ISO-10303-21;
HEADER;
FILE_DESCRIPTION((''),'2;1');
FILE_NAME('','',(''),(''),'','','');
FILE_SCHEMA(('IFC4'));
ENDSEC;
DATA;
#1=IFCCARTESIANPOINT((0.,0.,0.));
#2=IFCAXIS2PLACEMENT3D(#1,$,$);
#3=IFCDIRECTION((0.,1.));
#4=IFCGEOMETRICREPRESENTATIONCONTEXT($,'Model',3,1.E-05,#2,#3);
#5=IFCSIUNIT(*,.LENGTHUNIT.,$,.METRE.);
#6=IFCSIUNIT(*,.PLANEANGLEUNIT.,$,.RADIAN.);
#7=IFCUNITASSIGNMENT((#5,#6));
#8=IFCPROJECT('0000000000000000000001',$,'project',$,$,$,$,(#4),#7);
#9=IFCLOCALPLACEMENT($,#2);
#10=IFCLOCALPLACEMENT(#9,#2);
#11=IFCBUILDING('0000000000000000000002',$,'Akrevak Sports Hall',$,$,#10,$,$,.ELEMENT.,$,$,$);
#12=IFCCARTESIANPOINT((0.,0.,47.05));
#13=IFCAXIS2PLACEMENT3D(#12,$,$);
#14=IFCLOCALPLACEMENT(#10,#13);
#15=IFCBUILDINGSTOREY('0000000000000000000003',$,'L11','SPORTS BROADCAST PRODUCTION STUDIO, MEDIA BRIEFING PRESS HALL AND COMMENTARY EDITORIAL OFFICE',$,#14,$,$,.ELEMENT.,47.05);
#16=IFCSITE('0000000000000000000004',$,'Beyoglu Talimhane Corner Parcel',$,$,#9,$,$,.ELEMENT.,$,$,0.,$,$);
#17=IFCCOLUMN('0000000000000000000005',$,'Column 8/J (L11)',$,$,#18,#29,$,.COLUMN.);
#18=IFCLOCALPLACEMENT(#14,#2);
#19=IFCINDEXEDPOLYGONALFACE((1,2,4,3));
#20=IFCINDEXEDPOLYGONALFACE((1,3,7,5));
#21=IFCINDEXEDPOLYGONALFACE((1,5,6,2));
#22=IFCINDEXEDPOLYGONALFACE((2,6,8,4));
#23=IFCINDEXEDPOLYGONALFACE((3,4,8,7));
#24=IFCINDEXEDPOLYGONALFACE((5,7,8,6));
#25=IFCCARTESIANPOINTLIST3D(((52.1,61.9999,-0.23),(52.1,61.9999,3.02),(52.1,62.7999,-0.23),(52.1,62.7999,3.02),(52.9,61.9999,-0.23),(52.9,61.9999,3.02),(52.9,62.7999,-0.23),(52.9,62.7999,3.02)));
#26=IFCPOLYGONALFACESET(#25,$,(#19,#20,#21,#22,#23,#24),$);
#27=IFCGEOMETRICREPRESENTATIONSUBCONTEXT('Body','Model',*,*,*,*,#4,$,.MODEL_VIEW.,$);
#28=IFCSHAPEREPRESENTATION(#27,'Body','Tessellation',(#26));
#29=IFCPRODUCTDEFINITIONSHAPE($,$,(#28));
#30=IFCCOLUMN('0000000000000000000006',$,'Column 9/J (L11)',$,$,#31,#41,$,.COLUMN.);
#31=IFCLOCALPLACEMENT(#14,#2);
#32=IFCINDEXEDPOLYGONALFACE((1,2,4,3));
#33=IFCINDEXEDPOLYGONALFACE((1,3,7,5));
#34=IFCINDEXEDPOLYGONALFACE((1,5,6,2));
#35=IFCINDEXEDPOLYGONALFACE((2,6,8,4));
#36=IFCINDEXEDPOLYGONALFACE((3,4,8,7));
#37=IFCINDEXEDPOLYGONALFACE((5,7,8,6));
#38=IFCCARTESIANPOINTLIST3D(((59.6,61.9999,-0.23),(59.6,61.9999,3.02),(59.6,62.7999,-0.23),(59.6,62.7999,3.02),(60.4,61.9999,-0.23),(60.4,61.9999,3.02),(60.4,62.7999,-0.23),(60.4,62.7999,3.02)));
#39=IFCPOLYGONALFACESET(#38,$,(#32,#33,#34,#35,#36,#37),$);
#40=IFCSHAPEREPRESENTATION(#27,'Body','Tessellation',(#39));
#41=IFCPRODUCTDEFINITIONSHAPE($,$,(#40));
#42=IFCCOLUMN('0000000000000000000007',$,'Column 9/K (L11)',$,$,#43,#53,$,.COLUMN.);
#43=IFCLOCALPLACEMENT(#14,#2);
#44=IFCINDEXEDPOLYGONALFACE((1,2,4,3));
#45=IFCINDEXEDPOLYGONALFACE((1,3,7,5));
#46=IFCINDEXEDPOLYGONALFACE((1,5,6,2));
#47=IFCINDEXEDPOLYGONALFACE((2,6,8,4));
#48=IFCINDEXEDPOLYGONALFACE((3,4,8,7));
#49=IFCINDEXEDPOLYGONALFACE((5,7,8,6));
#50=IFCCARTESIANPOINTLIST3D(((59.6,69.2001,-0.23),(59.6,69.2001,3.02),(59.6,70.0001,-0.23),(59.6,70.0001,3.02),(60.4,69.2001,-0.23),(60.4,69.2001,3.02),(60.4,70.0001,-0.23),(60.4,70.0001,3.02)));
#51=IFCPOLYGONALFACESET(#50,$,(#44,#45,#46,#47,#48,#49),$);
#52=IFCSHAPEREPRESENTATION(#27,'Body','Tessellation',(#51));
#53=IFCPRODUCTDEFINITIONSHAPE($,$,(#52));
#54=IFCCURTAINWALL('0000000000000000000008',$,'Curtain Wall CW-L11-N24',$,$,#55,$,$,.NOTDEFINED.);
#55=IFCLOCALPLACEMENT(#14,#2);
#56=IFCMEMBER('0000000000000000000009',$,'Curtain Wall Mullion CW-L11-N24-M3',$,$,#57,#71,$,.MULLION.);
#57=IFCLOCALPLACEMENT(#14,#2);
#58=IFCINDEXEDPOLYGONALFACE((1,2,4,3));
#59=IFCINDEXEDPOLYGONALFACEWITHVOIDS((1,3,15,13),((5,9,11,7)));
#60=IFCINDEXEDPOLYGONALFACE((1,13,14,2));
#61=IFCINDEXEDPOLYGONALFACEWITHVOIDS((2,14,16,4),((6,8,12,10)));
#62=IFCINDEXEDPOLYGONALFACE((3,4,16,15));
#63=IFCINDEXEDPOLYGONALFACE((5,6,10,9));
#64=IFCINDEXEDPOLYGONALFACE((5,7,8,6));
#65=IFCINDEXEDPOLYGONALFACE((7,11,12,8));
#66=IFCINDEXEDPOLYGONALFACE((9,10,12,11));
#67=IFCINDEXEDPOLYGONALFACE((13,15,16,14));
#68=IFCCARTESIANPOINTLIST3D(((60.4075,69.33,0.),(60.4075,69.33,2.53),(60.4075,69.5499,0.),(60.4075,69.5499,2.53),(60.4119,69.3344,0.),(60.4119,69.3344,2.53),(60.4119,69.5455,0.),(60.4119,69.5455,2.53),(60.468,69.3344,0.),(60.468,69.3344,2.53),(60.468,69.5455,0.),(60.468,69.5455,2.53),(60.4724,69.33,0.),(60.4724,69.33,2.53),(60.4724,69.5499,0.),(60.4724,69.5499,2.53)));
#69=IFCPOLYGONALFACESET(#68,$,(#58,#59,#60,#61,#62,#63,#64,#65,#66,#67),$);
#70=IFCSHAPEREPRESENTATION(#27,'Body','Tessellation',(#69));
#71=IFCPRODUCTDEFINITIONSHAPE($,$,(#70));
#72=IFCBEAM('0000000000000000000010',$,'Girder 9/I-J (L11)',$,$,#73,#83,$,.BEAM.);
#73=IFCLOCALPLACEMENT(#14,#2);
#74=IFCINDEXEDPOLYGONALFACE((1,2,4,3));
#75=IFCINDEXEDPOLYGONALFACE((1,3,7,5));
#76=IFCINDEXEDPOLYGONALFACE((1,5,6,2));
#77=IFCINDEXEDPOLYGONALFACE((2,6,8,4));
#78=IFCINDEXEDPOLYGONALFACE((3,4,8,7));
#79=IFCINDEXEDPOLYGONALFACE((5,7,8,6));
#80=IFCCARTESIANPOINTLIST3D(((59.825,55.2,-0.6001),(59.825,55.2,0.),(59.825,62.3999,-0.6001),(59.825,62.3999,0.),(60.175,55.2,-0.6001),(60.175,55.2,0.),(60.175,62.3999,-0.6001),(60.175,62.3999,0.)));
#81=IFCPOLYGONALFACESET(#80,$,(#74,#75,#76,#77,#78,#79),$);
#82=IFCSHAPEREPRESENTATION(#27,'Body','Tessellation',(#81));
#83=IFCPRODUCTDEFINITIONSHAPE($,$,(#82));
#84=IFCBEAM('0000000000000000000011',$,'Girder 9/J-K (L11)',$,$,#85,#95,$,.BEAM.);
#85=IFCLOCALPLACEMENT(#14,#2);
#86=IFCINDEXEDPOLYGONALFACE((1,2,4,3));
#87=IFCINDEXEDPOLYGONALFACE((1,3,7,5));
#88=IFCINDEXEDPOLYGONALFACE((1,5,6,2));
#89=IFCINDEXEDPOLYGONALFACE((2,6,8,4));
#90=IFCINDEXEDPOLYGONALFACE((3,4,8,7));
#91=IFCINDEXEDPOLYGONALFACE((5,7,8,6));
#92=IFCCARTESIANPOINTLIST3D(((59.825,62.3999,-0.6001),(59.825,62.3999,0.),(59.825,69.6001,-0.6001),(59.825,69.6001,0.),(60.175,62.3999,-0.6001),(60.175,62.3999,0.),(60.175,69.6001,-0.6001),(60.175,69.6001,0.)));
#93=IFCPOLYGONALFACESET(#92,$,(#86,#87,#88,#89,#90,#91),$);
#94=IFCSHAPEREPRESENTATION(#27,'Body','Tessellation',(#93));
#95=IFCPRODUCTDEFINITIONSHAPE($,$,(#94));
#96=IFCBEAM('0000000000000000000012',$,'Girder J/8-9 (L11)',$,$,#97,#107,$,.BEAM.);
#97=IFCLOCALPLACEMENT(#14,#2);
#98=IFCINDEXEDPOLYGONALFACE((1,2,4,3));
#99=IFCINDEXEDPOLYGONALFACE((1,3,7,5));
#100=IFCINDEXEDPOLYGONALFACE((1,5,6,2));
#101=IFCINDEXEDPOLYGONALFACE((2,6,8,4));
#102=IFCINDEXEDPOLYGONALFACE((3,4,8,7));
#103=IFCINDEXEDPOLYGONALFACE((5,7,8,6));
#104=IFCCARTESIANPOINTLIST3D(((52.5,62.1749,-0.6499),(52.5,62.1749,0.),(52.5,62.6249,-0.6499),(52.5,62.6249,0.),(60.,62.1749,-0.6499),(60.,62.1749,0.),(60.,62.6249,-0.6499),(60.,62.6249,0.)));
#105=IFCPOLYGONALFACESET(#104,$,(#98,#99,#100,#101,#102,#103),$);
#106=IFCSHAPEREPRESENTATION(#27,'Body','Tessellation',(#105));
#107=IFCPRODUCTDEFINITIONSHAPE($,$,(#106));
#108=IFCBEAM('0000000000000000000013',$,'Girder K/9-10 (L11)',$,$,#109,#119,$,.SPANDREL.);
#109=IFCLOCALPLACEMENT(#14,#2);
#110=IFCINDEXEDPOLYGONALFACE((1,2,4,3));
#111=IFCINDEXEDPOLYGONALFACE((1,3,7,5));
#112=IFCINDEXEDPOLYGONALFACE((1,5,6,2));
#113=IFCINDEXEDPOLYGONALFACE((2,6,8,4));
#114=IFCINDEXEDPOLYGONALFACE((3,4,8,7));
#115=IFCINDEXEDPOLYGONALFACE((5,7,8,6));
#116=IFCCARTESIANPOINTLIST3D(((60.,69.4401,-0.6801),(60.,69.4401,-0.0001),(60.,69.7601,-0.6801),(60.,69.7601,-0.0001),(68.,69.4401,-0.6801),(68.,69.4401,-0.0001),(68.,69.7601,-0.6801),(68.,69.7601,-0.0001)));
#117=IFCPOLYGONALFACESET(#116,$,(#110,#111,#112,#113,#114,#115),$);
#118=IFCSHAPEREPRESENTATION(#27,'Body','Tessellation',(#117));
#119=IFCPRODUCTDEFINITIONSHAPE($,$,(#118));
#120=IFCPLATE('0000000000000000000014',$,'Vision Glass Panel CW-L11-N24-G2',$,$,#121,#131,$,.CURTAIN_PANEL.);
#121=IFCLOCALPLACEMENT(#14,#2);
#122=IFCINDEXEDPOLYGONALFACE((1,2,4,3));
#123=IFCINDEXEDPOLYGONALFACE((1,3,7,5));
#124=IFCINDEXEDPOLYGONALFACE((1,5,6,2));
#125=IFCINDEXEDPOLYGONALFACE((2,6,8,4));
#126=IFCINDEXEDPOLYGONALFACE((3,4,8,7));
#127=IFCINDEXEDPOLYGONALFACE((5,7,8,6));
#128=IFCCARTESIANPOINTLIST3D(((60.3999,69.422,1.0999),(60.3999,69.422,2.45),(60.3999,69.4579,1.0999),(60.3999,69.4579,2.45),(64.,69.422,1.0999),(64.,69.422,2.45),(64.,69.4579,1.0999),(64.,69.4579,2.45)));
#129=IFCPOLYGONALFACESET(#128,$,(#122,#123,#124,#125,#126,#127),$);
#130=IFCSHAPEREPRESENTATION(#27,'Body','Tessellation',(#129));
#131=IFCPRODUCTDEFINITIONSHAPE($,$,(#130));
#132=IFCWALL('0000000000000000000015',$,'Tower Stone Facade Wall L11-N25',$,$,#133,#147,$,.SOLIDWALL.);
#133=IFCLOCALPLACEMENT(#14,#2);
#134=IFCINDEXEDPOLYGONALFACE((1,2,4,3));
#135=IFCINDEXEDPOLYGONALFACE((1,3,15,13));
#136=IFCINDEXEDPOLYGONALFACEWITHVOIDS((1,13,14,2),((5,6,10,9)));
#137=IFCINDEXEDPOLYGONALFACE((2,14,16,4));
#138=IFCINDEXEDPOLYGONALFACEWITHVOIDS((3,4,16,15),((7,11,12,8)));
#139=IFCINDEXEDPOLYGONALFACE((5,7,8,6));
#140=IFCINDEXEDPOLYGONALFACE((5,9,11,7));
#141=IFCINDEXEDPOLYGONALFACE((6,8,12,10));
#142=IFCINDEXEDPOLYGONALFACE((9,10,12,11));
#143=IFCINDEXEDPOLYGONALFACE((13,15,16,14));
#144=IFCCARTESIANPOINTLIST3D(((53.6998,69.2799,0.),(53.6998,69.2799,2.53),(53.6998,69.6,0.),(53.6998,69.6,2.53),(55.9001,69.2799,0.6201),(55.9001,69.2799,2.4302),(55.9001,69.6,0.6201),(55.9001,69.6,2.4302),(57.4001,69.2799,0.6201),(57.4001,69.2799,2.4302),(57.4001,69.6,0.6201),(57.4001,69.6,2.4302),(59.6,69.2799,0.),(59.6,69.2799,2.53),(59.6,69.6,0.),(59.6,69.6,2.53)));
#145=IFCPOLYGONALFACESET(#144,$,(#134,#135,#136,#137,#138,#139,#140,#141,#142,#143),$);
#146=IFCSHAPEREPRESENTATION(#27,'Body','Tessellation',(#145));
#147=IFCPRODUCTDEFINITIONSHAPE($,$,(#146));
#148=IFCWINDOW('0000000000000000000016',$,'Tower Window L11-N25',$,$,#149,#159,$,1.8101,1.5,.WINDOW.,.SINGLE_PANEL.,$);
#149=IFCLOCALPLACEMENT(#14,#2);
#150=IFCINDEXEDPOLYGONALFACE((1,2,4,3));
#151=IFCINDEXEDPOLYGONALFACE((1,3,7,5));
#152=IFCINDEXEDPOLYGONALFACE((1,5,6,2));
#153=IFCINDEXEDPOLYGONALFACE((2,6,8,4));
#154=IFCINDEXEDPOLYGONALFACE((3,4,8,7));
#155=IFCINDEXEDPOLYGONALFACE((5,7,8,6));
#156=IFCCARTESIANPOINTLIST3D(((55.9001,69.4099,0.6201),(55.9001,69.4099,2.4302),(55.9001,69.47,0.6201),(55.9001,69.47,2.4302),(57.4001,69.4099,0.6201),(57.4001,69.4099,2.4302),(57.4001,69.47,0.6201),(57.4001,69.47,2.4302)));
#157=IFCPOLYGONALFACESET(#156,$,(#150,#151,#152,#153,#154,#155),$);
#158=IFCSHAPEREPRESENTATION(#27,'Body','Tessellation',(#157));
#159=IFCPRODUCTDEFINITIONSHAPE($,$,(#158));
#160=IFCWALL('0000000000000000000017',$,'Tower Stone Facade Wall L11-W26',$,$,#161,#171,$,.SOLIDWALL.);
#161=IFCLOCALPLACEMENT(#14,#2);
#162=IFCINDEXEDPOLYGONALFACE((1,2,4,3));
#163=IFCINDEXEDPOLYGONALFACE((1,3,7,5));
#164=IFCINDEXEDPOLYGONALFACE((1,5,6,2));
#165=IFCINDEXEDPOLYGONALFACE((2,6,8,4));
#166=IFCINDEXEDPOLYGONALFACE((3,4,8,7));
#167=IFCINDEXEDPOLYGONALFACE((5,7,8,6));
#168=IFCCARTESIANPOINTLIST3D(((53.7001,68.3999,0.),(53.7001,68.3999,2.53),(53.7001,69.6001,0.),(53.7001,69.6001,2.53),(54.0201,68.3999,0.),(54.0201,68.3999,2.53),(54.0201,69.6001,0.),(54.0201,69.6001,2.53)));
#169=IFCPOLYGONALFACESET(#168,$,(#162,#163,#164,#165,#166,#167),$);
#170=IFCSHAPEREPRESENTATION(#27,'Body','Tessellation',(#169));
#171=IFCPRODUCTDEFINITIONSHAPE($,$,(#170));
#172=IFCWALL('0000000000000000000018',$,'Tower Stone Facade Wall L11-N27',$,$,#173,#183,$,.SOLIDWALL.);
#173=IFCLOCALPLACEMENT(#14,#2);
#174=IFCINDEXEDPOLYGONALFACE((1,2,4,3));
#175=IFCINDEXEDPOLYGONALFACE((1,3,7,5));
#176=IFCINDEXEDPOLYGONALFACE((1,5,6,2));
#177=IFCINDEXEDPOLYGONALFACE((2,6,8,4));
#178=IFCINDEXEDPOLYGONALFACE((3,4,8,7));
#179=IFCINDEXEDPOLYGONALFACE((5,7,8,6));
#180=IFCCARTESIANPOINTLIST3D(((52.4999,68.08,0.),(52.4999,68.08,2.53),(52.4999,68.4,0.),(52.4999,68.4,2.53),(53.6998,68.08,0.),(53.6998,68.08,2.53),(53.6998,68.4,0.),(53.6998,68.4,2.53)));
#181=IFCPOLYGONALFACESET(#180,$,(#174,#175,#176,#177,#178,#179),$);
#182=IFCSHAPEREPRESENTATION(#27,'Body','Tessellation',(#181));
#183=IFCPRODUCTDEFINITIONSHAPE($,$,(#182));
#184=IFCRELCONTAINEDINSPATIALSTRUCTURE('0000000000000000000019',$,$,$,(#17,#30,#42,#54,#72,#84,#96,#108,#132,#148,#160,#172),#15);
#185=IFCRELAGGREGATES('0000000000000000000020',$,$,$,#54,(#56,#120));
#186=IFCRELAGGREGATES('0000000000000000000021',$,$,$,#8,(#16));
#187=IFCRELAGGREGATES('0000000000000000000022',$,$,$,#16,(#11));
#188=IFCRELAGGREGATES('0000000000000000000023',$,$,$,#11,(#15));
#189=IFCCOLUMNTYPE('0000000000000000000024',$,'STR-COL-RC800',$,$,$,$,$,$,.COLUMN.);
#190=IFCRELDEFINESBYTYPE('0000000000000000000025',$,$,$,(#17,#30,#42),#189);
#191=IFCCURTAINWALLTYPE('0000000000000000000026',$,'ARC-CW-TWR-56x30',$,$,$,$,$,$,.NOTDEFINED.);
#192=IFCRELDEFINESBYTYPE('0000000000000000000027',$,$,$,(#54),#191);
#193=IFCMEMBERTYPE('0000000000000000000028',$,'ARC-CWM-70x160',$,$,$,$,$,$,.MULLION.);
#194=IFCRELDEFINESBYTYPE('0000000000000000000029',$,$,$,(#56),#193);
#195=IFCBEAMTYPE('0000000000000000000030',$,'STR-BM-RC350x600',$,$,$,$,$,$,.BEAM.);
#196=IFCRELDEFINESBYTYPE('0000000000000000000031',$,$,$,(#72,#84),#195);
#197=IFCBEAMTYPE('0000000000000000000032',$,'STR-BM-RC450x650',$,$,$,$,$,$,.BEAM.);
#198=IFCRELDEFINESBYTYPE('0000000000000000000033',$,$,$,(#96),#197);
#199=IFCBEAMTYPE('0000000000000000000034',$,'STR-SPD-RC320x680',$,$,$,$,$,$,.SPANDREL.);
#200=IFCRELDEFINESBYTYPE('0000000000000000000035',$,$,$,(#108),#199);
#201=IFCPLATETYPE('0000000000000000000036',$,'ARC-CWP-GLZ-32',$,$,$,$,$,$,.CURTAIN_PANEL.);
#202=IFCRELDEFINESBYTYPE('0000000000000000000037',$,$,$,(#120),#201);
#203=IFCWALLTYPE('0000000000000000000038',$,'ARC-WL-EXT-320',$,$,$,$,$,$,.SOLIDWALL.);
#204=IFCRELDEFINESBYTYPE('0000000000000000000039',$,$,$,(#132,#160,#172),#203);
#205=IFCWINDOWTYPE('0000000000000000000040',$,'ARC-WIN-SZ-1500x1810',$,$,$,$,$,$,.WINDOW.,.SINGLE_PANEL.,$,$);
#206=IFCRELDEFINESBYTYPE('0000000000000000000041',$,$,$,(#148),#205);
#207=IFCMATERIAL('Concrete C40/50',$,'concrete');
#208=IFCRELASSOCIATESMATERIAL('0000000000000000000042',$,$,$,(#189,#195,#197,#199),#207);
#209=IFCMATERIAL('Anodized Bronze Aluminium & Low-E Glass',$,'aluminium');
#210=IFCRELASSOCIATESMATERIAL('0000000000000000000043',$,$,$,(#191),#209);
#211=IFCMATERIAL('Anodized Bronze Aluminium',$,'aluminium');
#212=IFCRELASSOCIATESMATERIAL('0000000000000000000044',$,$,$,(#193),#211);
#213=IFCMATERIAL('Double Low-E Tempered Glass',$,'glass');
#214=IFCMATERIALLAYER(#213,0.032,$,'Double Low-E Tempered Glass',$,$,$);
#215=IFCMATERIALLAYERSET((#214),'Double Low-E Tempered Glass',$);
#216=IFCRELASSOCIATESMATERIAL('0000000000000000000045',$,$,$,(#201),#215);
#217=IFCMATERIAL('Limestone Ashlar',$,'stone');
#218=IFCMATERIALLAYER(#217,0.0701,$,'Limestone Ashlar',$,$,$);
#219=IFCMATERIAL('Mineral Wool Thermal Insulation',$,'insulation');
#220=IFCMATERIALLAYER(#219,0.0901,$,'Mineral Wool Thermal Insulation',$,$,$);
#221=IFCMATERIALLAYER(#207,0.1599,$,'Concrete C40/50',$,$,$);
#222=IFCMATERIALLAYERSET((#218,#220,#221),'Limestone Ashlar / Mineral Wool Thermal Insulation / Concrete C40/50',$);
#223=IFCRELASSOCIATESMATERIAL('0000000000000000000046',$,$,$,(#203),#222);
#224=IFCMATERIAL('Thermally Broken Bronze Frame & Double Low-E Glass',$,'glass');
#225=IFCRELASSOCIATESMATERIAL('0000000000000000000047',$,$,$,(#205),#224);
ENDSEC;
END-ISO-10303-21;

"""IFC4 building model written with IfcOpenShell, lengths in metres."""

from ifc_helpers import new_model, si_unit, direction, frame, frame_2d, origin, origin_2d, place, context, subcontext, project, spatial, rectangle, hollow_rectangle, extrude, material, layer, layer_set, material_profile, profile_set, type_object, element, fill, aggregate, save


model = new_model("IFC4")

# Units and contexts
model_context = context("Model", 3, precision=1e-05, world=origin(), true_north=direction((0.0, 1.0)))
body_context = subcontext(model_context, "Body", "Model", "MODEL_VIEW")
ifc_project = project(units=[si_unit("LENGTHUNIT", "METRE"), si_unit("PLANEANGLEUNIT", "RADIAN")], contexts=[model_context])

# Site, building, storey
site_placement = place(None, origin())
site = spatial("IfcSite", under=ifc_project, at=site_placement, Name="Beyoglu Talimhane Corner Parcel", CompositionType="ELEMENT", RefElevation=0.0)
building_placement = place(site_placement, origin())
building = spatial("IfcBuilding", under=site, at=building_placement, Name="Akrevak Sports Hall", CompositionType="ELEMENT")
storey_placement = place(building_placement, frame((0.0, 0.0, 47.05)))
storey = spatial("IfcBuildingStorey", under=building, at=storey_placement, Name="L11", Description="SPORTS BROADCAST PRODUCTION STUDIO, MEDIA BRIEFING PRESS HALL AND COMMENTARY EDITORIAL OFFICE", CompositionType="ELEMENT", Elevation=47.05)

# Columns
ifc_material_1 = material(Name="Concrete C40/50", Category="concrete")
ifc_material_profile_1 = material_profile(ifc_material_1, rectangle(XDim=0.8, YDim=0.8, at=origin_2d()), Name="RC 800x800", Category="concrete")
ifc_profile_set_1 = profile_set([ifc_material_profile_1], Name="Concrete C40/50")
column_type = type_object("IfcColumnType", Name="STR-COL-RC800", PredefinedType="COLUMN", material=ifc_profile_set_1)
for number, where, z_axis, x_axis, name in (
    (1, (52.5, 62.3999, -0.23), (0.0, 0.0, 1.0), (1.0, 0.0, 0.0), "Column 8/J (L11)"),
    (2, (60.0, 62.3999, -0.23), (0.0, 0.0, 1.0), (1.0, 0.0, 0.0), "Column 9/J (L11)"),
    (3, (60.0, 69.6001, -0.23), (0.0, 0.0, 1.0), (1.0, 0.0, 0.0), "Column 9/K (L11)"),
):
    element("IfcColumn", number, at=place(storey_placement, frame(where, z_axis=z_axis, x_axis=x_axis)), inside=storey, type_object=column_type, Name=name, PredefinedType="COLUMN", context=body_context, shape_type="SweptSolid", body=[
        extrude(rectangle(XDim=0.8, YDim=0.8, at=origin_2d()), origin(), (0.0, 0.0, 1.0), 3.25),
    ])

# Curtain wall, member
ifc_material_2 = material(Name="Anodized Bronze Aluminium & Low-E Glass", Category="aluminium")
curtain_wall_type = type_object("IfcCurtainWallType", Name="ARC-CW-TWR-56x30", PredefinedType="NOTDEFINED", material=ifc_material_2)
curtain_wall_placement = place(storey_placement, origin())
curtain_wall = element("IfcCurtainWall", 4, at=curtain_wall_placement, inside=storey, type_object=curtain_wall_type, Name="Curtain Wall CW-L11-N24", PredefinedType="NOTDEFINED")
ifc_material_3 = material(Name="Anodized Bronze Aluminium", Category="aluminium")
ifc_material_profile_2 = material_profile(ifc_material_3, hollow_rectangle(XDim=0.0649, YDim=0.22, WallThickness=0.0044, at=origin_2d()), Name="CWM 65x220", Category="aluminium")
ifc_profile_set_2 = profile_set([ifc_material_profile_2], Name="Anodized Bronze Aluminium")
member_type = type_object("IfcMemberType", Name="ARC-CWM-70x160", PredefinedType="MULLION", material=ifc_profile_set_2)
member_placement = place(storey_placement, frame((60.4399, 69.4399, 0.0), z_axis=(0.0, 0.0, 1.0), x_axis=(-1.0, 0.0, 0.0)))
member = element("IfcMember", 5, at=member_placement, type_object=member_type, Name="Curtain Wall Mullion CW-L11-N24-M3", PredefinedType="MULLION", context=body_context, shape_type="SweptSolid", body=[
    extrude(hollow_rectangle(XDim=0.0649, YDim=0.22, WallThickness=0.0044, at=origin_2d()), origin(), (0.0, 0.0, 1.0), 2.53),
])

# Beams
ifc_material_profile_3 = material_profile(ifc_material_1, rectangle(XDim=0.3501, YDim=0.6001, at=origin_2d()), Name="BM 350x600", Category="concrete")
ifc_profile_set_3 = profile_set([ifc_material_profile_3], Name="Concrete C40/50")
beam_type_1 = type_object("IfcBeamType", Name="STR-BM-RC350x600", PredefinedType="BEAM", material=ifc_profile_set_3)
beam_1_placement = place(storey_placement, frame((60.0, 55.2, -0.3), z_axis=(0.0, 1.0, 0.0), x_axis=(-1.0, 0.0, 0.0)))
element("IfcBeam", 6, at=beam_1_placement, inside=storey, type_object=beam_type_1, Name="Girder 9/I-J (L11)", PredefinedType="BEAM", context=body_context, shape_type="SweptSolid", body=[
    extrude(rectangle(XDim=0.3501, YDim=0.6001, at=origin_2d()), origin(), (0.0, 0.0, 1.0), 7.2),
])
beam_2_placement = place(storey_placement, frame((60.0, 62.3999, -0.3), z_axis=(0.0, 1.0, 0.0), x_axis=(-1.0, 0.0, 0.0)))
element("IfcBeam", 7, at=beam_2_placement, inside=storey, type_object=beam_type_1, Name="Girder 9/J-K (L11)", PredefinedType="BEAM", context=body_context, shape_type="SweptSolid", body=[
    extrude(rectangle(XDim=0.3501, YDim=0.6001, at=origin_2d()), origin(), (0.0, 0.0, 1.0), 7.2002),
])
ifc_material_profile_4 = material_profile(ifc_material_1, rectangle(XDim=0.45, YDim=0.6499, at=origin_2d()), Name="BM 450x650", Category="concrete")
ifc_profile_set_4 = profile_set([ifc_material_profile_4], Name="Concrete C40/50")
beam_type_2 = type_object("IfcBeamType", Name="STR-BM-RC450x650", PredefinedType="BEAM", material=ifc_profile_set_4)
beam_3_placement = place(storey_placement, frame((52.5, 62.3999, -0.325), z_axis=(1.0, 0.0, 0.0), x_axis=(0.0, 1.0, 0.0)))
element("IfcBeam", 8, at=beam_3_placement, inside=storey, type_object=beam_type_2, Name="Girder J/8-9 (L11)", PredefinedType="BEAM", context=body_context, shape_type="SweptSolid", body=[
    extrude(rectangle(XDim=0.45, YDim=0.6499, at=origin_2d()), origin(), (0.0, 0.0, 1.0), 7.5),
])
ifc_material_profile_5 = material_profile(ifc_material_1, rectangle(XDim=0.3201, YDim=0.6799, at=origin_2d()), Name="SPD 320x680", Category="concrete")
ifc_profile_set_5 = profile_set([ifc_material_profile_5], Name="Concrete C40/50")
beam_type_3 = type_object("IfcBeamType", Name="STR-SPD-RC320x680", PredefinedType="SPANDREL", material=ifc_profile_set_5)
beam_4_placement = place(storey_placement, frame((60.0, 69.6001, -0.3401), z_axis=(1.0, 0.0, 0.0), x_axis=(0.0, 1.0, 0.0)))
element("IfcBeam", 9, at=beam_4_placement, inside=storey, type_object=beam_type_3, Name="Girder K/9-10 (L11)", PredefinedType="SPANDREL", context=body_context, shape_type="SweptSolid", body=[
    extrude(rectangle(XDim=0.3201, YDim=0.6799, at=origin_2d()), origin(), (0.0, 0.0, 1.0), 8.0),
])

# Plate
ifc_material_4 = material(Name="Double Low-E Tempered Glass", Category="glass")
ifc_layer_1 = layer(ifc_material_4, 0.032, Name="Double Low-E Tempered Glass")
ifc_layer_set_1 = layer_set([ifc_layer_1], Name="Double Low-E Tempered Glass")
plate_type = type_object("IfcPlateType", Name="ARC-CWP-GLZ-32", PredefinedType="CURTAIN_PANEL", material=ifc_layer_set_1)
plate_placement = place(storey_placement, frame((62.2, 69.4399, 1.0999), z_axis=(0.0, 0.0, 1.0), x_axis=(-1.0, 0.0, 0.0)))
plate = element("IfcPlate", 10, at=plate_placement, type_object=plate_type, Name="Vision Glass Panel CW-L11-N24-G2", PredefinedType="CURTAIN_PANEL", context=body_context, shape_type="SweptSolid", body=[
    extrude(rectangle(XDim=3.6001, YDim=0.0359, at=origin_2d()), origin(), (0.0, 0.0, 1.0), 1.3501),
])
aggregate(curtain_wall, [member, plate])

# Wall, opening, window
ifc_material_5 = material(Name="Limestone Ashlar", Category="stone")
ifc_layer_2 = layer(ifc_material_5, 0.0701, Name="Limestone Ashlar")
ifc_material_6 = material(Name="Mineral Wool Thermal Insulation", Category="insulation")
ifc_layer_3 = layer(ifc_material_6, 0.0901, Name="Mineral Wool Thermal Insulation")
ifc_layer_4 = layer(ifc_material_1, 0.1599, Name="Concrete C40/50")
ifc_layer_set_2 = layer_set([ifc_layer_2, ifc_layer_3, ifc_layer_4], Name="Limestone Ashlar / Mineral Wool Thermal Insulation / Concrete C40/50")
wall_type_1 = type_object("IfcWallType", Name="ARC-WL-EXT-320", PredefinedType="SOLIDWALL", material=ifc_layer_set_2)
wall_1_placement = place(storey_placement, frame((59.6001, 69.4399, 0.0), z_axis=(0.0, 0.0, 1.0), x_axis=(-1.0, 0.0, 0.0)))
wall_1 = element("IfcWall", 11, at=wall_1_placement, inside=storey, type_object=wall_type_1, Name="Tower Stone Facade Wall L11-N25", PredefinedType="SOLIDWALL", context=body_context, shape_type="SweptSolid", body=[
    extrude(rectangle(XDim=5.9001, YDim=0.3201, at=frame_2d((2.9502, 0.0))), origin(), (0.0, 0.0, 1.0), 2.53),
])
opening_1_placement = place(wall_1_placement, frame((2.2, 0.0, 0.6201)))
opening_1 = element("IfcOpeningElement", 12, at=opening_1_placement, cuts=wall_1, PredefinedType="OPENING", context=body_context, shape_type="SweptSolid", body=[
    extrude(rectangle(XDim=1.5, YDim=1.8101, at=frame_2d((0.75, 0.905))), frame((0.0, 0.1719, 0.0), z_axis=(0.0, -1.0, 0.0), x_axis=(1.0, 0.0, 0.0)), (0.0, 0.0, 1.0), 0.344),
])
ifc_material_7 = material(Name="Thermally Broken Bronze Frame & Double Low-E Glass", Category="glass")
window_type_1 = type_object("IfcWindowType", Name="ARC-WIN-SZ-1500x1810", PartitioningType="SINGLE_PANEL", PredefinedType="WINDOW", material=ifc_material_7)
window_1_placement = place(opening_1_placement, origin())
window_1 = element("IfcWindow", 13, at=window_1_placement, inside=storey, type_object=window_type_1, Name="Tower Window L11-N25", OverallHeight=1.8101, OverallWidth=1.5, PartitioningType="SINGLE_PANEL", PredefinedType="WINDOW", context=body_context, shape_type="SweptSolid", body=[
    extrude(rectangle(XDim=1.5, YDim=1.8101, at=frame_2d((0.75, 0.905))), frame((0.0, 0.03, 0.0), z_axis=(0.0, -1.0, 0.0), x_axis=(1.0, 0.0, 0.0)), (0.0, 0.0, 1.0), 0.0601),
])
fill(opening_1, window_1)

# Walls
wall_2_placement = place(storey_placement, frame((53.8601, 69.6001, 0.0), z_axis=(0.0, 0.0, 1.0), x_axis=(0.0, -1.0, 0.0)))
element("IfcWall", 14, at=wall_2_placement, inside=storey, type_object=wall_type_1, Name="Tower Stone Facade Wall L11-W26", PredefinedType="SOLIDWALL", context=body_context, shape_type="SweptSolid", body=[
    extrude(rectangle(XDim=1.2002, YDim=0.3201, at=frame_2d((0.6001, 0.0))), origin(), (0.0, 0.0, 1.0), 2.53),
])
wall_3_placement = place(storey_placement, frame((53.7, 68.24, 0.0), z_axis=(0.0, 0.0, 1.0), x_axis=(-1.0, 0.0, 0.0)))
element("IfcWall", 15, at=wall_3_placement, inside=storey, type_object=wall_type_1, Name="Tower Stone Facade Wall L11-N27", PredefinedType="SOLIDWALL", context=body_context, shape_type="SweptSolid", body=[
    extrude(rectangle(XDim=1.2, YDim=0.3201, at=frame_2d((0.6001, 0.0))), origin(), (0.0, 0.0, 1.0), 2.53),
])

save(model, "model.ifc")
